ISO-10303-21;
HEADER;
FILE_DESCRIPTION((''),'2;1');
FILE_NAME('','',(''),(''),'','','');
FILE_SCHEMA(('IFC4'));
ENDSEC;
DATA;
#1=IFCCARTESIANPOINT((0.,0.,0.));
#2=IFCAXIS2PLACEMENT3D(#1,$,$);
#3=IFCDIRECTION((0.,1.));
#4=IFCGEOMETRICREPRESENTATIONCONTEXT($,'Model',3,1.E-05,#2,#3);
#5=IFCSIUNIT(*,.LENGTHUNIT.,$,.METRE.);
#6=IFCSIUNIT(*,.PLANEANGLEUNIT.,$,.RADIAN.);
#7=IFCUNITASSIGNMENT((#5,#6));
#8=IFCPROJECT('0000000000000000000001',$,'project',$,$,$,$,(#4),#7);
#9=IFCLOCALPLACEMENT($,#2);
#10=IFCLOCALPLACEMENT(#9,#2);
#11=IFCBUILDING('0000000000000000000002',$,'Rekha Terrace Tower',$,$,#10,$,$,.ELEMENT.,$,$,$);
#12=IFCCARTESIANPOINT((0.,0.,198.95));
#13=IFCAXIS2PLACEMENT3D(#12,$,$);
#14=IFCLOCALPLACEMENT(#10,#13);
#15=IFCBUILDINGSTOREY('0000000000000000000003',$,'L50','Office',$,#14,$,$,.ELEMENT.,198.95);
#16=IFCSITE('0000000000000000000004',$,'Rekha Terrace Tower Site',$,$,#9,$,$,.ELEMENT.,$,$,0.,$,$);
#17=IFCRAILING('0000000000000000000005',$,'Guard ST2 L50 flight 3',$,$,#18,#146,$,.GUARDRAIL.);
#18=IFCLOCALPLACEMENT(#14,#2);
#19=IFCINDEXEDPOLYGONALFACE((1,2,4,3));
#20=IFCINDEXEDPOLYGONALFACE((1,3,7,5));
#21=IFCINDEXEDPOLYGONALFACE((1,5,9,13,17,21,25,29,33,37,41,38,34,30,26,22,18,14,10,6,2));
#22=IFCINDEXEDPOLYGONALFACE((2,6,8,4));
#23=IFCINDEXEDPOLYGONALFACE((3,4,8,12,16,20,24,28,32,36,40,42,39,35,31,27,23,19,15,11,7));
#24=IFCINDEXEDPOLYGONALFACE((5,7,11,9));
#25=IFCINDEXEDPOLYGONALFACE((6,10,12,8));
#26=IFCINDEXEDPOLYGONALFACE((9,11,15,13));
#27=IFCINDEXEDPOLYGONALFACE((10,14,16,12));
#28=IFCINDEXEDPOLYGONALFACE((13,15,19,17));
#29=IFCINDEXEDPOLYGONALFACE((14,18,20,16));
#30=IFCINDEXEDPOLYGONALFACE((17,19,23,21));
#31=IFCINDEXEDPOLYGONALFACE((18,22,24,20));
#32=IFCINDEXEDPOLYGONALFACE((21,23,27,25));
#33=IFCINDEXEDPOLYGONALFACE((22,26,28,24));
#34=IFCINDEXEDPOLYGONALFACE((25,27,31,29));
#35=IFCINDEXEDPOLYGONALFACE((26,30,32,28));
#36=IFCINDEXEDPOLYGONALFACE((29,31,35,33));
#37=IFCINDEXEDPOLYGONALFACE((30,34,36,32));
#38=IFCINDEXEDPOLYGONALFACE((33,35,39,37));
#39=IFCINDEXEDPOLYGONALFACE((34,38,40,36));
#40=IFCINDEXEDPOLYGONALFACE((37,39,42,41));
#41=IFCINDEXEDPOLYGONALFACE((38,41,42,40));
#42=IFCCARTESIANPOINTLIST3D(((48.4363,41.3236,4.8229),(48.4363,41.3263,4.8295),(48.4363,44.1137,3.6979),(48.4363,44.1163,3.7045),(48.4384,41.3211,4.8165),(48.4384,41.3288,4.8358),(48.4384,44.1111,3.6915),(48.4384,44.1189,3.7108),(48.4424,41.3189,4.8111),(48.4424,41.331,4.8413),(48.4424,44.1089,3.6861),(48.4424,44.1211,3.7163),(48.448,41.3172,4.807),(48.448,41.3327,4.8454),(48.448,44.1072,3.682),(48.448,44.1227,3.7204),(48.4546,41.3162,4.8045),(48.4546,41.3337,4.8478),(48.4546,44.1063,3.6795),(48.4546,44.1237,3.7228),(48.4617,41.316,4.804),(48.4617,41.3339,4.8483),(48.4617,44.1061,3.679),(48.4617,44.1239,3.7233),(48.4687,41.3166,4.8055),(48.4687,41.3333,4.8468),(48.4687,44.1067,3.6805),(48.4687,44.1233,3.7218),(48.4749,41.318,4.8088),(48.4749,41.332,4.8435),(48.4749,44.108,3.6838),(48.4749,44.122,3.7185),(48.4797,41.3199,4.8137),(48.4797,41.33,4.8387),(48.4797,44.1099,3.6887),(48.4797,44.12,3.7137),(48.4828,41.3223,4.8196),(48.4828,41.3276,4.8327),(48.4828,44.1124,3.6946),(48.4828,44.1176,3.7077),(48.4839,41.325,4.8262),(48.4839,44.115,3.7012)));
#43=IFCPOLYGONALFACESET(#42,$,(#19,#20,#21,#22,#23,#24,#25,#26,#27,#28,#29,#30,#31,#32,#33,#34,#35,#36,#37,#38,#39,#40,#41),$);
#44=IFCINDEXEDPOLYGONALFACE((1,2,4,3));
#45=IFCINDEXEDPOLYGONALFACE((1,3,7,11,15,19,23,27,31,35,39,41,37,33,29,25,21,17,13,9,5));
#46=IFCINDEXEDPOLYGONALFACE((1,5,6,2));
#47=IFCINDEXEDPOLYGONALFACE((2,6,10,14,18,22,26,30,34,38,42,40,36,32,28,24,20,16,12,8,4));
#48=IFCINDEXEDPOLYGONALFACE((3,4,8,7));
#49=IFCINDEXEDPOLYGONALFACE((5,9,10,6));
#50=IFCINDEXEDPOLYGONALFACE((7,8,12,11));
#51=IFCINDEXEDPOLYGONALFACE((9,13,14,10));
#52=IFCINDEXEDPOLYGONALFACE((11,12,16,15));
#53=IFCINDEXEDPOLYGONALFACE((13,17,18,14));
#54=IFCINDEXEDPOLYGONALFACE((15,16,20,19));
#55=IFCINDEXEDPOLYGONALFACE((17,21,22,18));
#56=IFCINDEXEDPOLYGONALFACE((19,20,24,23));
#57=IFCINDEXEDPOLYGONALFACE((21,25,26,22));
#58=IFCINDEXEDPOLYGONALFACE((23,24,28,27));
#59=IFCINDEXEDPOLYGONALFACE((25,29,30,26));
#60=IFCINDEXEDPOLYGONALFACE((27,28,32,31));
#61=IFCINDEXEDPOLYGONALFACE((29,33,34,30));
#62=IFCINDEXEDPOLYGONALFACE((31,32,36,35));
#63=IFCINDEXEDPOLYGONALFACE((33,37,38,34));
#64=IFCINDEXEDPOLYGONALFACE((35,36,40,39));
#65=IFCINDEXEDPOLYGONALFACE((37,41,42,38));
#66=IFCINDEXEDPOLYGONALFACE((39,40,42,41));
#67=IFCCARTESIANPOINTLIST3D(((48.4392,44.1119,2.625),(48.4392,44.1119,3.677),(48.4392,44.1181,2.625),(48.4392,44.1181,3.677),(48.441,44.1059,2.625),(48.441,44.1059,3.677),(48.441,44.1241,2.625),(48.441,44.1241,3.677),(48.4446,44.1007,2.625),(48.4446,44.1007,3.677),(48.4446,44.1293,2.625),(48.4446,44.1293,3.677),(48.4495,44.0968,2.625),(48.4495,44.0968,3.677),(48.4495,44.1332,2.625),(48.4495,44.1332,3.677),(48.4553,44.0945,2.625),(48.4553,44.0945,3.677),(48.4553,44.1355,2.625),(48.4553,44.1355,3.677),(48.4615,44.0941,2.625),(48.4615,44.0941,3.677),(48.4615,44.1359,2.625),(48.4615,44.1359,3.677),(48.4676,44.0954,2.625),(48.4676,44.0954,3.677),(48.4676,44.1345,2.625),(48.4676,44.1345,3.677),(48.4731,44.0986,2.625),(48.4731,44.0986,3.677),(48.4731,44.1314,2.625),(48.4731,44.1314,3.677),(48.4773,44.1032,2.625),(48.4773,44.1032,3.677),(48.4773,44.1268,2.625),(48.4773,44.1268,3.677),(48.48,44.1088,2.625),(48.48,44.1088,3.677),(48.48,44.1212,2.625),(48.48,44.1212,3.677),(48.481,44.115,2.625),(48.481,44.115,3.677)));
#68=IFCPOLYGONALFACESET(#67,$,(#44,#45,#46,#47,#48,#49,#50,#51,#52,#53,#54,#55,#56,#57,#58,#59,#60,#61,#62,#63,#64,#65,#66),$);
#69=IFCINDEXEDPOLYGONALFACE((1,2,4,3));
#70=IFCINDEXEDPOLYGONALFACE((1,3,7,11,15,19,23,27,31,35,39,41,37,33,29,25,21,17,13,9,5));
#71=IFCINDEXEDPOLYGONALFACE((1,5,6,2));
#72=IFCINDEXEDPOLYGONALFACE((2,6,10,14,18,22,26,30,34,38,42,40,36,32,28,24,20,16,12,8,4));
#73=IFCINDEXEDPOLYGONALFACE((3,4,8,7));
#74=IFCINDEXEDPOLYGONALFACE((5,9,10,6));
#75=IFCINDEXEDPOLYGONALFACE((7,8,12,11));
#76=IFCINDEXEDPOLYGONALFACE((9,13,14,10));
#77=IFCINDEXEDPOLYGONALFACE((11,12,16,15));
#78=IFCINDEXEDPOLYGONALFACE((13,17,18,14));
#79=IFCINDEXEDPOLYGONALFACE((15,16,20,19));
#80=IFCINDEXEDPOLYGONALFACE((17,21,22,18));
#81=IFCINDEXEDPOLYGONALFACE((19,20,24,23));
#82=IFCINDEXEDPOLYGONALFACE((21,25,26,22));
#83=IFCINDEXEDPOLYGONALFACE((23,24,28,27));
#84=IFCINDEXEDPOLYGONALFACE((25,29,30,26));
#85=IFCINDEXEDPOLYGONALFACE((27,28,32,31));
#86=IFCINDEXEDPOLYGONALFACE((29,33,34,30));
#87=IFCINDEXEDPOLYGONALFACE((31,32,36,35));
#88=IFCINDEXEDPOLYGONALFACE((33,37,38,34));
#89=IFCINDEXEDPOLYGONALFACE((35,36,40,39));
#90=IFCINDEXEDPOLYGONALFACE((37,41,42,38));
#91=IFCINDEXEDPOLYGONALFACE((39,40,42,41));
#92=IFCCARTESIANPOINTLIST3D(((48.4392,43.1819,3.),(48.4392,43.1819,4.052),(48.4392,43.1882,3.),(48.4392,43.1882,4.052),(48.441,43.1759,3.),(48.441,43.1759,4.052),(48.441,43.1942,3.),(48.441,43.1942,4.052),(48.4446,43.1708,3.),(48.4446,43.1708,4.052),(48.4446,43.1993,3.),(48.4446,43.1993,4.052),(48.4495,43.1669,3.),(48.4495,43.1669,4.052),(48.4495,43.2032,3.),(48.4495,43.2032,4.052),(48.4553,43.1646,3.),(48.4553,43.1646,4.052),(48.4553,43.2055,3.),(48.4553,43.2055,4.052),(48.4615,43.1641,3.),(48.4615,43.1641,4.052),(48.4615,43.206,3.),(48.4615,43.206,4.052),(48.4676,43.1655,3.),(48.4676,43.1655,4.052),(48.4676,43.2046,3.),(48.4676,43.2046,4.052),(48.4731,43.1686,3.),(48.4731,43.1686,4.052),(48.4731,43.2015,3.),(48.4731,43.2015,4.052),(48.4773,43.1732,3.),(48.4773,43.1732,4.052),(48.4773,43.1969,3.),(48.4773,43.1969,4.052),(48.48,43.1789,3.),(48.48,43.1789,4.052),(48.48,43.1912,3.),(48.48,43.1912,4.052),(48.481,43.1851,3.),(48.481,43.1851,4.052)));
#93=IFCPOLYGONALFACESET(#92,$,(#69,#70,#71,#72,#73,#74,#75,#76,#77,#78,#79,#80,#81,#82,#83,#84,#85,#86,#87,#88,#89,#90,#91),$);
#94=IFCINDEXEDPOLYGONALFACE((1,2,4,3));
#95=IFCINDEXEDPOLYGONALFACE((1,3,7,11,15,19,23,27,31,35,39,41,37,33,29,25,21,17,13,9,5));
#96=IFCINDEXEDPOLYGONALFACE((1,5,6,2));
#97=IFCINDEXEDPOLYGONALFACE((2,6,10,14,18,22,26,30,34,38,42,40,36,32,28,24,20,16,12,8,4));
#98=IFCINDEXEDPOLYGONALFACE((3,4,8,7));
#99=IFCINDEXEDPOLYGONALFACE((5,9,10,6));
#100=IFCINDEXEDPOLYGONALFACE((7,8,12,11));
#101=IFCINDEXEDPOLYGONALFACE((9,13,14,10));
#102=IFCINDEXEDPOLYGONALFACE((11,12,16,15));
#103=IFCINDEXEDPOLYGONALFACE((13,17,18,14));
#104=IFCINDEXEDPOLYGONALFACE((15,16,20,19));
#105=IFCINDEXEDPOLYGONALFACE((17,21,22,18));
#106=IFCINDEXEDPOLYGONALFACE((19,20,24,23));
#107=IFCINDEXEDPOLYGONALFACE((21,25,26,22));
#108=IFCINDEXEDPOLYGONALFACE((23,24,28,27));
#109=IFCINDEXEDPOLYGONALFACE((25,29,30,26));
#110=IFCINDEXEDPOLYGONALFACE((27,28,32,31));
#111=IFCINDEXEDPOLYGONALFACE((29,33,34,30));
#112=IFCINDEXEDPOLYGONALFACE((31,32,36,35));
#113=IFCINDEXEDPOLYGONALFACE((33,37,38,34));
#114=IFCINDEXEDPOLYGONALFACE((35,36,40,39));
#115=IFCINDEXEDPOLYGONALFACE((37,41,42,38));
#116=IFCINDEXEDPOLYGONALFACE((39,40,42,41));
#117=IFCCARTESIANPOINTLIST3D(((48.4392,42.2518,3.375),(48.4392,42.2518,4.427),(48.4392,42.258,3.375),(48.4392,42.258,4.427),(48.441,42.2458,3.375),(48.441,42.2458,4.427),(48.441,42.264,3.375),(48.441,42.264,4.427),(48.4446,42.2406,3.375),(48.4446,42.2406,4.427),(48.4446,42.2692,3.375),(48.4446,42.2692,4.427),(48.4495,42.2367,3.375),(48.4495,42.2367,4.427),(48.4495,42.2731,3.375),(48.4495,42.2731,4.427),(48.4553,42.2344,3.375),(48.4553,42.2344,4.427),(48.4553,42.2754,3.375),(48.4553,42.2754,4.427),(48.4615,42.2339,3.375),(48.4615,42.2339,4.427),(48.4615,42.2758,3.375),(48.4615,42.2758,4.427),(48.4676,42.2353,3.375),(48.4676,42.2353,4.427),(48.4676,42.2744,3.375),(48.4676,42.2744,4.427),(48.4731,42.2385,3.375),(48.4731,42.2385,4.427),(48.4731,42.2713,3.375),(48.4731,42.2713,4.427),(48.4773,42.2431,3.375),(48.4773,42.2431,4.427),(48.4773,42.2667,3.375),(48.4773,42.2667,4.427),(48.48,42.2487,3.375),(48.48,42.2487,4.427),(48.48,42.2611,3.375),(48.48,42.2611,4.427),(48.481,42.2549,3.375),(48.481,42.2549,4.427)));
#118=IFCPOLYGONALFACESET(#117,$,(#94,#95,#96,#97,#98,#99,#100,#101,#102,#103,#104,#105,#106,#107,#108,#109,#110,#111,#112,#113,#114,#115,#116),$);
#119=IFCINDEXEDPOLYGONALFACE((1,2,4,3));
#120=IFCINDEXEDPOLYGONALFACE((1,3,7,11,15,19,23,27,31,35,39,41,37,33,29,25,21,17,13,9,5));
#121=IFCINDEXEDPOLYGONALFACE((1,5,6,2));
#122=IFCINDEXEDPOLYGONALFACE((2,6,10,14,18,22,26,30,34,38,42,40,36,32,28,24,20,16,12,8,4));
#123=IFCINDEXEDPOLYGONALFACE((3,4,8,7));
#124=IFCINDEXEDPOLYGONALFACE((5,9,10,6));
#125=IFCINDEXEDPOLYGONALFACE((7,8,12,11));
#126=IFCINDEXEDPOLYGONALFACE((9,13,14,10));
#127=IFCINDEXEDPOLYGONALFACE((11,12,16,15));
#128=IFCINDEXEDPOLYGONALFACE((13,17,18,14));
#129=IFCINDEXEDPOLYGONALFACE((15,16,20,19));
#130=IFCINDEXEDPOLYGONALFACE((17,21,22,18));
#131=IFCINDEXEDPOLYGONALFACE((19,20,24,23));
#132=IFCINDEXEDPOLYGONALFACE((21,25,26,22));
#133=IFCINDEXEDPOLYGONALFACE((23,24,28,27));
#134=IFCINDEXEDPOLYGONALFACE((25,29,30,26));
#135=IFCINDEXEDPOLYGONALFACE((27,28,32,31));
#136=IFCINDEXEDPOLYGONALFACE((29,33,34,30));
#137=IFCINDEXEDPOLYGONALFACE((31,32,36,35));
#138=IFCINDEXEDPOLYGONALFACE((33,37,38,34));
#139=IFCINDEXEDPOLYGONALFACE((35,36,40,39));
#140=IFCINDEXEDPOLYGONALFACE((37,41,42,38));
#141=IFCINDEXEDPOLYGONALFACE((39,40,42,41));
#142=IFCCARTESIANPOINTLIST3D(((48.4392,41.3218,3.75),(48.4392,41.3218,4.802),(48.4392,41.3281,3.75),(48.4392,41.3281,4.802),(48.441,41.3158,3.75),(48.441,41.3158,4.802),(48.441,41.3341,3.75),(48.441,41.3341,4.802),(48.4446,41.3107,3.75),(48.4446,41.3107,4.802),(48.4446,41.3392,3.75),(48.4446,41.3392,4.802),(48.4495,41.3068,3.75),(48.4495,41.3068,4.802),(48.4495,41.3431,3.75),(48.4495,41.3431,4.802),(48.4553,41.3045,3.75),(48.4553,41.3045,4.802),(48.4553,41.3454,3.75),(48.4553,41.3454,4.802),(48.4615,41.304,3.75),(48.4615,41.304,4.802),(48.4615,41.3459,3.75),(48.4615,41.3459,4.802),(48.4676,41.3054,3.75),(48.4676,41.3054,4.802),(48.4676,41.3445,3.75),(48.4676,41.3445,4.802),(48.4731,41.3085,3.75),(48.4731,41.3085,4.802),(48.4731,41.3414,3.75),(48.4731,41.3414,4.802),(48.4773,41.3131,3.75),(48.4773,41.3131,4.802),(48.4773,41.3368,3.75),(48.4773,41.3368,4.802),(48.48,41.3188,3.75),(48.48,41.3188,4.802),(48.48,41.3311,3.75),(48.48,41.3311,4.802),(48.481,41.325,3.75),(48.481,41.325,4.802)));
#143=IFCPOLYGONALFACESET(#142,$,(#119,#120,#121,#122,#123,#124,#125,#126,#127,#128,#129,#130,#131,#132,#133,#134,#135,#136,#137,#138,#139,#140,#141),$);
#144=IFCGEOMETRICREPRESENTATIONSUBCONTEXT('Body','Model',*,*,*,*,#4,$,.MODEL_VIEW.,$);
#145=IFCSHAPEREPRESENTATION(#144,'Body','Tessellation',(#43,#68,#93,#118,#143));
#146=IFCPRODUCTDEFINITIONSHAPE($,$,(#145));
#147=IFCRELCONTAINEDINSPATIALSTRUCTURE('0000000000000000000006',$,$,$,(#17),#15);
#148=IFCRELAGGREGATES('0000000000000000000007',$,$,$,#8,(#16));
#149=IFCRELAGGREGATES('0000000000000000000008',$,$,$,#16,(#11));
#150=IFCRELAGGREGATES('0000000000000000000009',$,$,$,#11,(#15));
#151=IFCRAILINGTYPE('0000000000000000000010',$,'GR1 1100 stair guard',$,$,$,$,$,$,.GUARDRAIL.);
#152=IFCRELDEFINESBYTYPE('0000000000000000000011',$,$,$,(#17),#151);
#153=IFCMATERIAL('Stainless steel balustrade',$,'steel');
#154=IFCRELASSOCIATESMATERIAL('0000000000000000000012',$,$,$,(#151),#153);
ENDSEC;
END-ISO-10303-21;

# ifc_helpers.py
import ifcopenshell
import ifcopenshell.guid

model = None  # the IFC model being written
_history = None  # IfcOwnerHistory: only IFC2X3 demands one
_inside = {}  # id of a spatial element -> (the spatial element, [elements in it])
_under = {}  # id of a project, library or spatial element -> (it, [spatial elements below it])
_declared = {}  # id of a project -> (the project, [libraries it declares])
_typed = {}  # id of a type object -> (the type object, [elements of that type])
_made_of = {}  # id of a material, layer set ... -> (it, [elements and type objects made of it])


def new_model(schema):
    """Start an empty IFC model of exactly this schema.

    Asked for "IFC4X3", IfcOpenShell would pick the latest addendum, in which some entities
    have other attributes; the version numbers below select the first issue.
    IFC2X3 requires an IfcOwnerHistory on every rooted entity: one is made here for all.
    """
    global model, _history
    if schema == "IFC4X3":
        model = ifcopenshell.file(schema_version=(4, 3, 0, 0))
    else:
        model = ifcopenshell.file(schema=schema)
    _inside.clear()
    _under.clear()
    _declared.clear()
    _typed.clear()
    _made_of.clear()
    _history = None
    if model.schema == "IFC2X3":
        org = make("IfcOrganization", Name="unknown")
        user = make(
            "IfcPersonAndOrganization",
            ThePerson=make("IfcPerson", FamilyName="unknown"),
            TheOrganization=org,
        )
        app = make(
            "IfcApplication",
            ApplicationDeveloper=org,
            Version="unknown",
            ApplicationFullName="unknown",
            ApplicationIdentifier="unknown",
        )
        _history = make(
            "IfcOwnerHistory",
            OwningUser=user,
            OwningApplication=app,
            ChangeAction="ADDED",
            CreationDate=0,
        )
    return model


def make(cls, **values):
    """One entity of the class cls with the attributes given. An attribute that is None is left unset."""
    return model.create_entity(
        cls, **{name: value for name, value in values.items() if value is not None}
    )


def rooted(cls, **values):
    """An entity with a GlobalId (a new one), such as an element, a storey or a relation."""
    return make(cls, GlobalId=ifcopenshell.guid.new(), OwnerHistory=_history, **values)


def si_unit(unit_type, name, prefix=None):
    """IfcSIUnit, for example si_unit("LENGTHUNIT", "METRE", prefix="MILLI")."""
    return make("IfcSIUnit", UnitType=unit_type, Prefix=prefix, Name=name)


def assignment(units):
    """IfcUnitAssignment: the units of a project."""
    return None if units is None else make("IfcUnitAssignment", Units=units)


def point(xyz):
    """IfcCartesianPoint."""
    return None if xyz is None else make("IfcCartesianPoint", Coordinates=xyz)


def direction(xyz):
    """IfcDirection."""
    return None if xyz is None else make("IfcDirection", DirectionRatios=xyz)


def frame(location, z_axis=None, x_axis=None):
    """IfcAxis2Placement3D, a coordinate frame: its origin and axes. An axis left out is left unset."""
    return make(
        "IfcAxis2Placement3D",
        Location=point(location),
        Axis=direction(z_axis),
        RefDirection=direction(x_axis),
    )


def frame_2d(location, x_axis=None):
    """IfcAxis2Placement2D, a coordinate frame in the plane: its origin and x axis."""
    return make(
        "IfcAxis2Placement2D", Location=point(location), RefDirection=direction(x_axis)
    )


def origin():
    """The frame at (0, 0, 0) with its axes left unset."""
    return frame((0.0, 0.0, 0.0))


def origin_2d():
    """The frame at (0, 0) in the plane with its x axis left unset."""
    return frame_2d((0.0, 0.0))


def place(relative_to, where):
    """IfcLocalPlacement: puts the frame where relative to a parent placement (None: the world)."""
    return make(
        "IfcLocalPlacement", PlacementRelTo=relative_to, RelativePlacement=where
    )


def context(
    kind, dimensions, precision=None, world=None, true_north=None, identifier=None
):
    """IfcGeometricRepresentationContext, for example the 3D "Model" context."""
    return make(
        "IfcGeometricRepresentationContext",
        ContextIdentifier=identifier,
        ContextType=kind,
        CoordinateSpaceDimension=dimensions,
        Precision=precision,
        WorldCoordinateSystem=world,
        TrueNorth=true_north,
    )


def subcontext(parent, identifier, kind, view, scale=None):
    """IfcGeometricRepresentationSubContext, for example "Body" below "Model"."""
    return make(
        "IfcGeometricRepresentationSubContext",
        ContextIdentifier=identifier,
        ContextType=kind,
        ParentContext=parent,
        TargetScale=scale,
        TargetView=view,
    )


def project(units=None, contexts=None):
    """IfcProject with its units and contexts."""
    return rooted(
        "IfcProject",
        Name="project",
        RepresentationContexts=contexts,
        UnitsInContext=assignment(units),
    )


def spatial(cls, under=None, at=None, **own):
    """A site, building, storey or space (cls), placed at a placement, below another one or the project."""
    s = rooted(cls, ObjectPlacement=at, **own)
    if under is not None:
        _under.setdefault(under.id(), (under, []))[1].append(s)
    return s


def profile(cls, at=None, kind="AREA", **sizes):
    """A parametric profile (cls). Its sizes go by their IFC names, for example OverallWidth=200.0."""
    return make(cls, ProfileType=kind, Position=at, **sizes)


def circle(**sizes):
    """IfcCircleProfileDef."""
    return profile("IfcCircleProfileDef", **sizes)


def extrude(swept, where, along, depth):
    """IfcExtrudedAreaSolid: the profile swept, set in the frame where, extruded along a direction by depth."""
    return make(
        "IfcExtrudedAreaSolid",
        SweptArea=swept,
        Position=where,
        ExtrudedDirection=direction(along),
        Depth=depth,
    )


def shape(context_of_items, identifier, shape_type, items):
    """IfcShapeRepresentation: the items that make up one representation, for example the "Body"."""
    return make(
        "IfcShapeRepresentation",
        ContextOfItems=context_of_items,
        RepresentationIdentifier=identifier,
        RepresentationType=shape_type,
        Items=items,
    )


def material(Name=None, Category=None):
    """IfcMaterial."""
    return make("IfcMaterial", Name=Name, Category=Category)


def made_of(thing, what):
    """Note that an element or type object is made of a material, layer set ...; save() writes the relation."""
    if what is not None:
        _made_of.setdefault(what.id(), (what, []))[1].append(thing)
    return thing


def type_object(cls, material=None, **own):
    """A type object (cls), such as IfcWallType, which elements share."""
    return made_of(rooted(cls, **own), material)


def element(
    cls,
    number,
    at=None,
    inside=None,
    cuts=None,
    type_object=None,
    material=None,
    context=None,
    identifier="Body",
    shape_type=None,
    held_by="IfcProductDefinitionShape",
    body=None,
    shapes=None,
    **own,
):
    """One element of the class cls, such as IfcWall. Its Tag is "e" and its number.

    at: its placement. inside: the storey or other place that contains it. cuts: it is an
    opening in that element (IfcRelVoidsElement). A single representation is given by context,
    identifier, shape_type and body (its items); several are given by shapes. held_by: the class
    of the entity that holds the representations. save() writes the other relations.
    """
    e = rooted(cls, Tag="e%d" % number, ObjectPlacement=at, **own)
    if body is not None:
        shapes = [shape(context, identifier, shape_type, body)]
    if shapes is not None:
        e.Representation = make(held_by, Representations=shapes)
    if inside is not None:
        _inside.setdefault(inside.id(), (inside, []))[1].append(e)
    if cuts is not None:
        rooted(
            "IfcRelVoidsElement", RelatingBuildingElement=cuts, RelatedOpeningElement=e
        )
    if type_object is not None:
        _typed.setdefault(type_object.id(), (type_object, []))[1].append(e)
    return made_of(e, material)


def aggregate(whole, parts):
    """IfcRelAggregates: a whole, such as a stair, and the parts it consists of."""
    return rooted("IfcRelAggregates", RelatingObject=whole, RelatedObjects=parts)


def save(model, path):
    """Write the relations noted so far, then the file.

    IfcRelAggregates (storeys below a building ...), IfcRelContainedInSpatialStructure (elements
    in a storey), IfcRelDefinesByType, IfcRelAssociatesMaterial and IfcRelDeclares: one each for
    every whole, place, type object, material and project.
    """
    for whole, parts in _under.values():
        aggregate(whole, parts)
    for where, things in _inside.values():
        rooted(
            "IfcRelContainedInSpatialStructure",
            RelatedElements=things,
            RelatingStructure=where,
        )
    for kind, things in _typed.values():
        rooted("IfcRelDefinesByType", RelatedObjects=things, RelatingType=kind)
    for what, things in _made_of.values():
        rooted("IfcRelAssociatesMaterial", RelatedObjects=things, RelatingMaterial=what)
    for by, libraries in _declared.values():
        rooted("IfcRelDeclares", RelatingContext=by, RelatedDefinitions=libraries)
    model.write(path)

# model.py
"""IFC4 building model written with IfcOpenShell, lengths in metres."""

from ifc_helpers import new_model, si_unit, direction, frame, origin, origin_2d, place, context, subcontext, project, spatial, circle, extrude, material, type_object, element, save


model = new_model("IFC4")

# Units and contexts
model_context = context("Model", 3, precision=1e-05, world=origin(), true_north=direction((0.0, 1.0)))
body_context = subcontext(model_context, "Body", "Model", "MODEL_VIEW")
ifc_project = project(units=[si_unit("LENGTHUNIT", "METRE"), si_unit("PLANEANGLEUNIT", "RADIAN")], contexts=[model_context])

# Site, building, storey
site_placement = place(None, origin())
site = spatial("IfcSite", under=ifc_project, at=site_placement, Name="Rekha Terrace Tower Site", CompositionType="ELEMENT", RefElevation=0.0)
building_placement = place(site_placement, origin())
building = spatial("IfcBuilding", under=site, at=building_placement, Name="Rekha Terrace Tower", CompositionType="ELEMENT")
storey_placement = place(building_placement, frame((0.0, 0.0, 198.95)))
storey = spatial("IfcBuildingStorey", under=building, at=storey_placement, Name="L50", Description="Office", CompositionType="ELEMENT", Elevation=198.95)

# Railing
ifc_material_1 = material(Name="Stainless steel balustrade", Category="steel")
railing_type_1 = type_object("IfcRailingType", Name="GR1 1100 stair guard", PredefinedType="GUARDRAIL", material=ifc_material_1)
railing_1_placement = place(storey_placement, frame((48.46, 44.115, 2.625)))
element("IfcRailing", 1, at=railing_1_placement, inside=storey, type_object=railing_type_1, Name="Guard ST2 L50 flight 3", PredefinedType="GUARDRAIL", context=body_context, shape_type="SweptSolid", body=[
    extrude(circle(Radius=0.0239, at=origin_2d()), frame((0.0, 0.0, 1.0762), z_axis=(0.0, -0.927443, 0.373964), x_axis=(1.0, 0.0, 0.0)), (0.0, 0.0, 1.0), 3.0083),
    extrude(circle(Radius=0.021, at=origin_2d()), origin(), (0.0, 0.0, 1.0), 1.052),
    extrude(circle(Radius=0.021, at=origin_2d()), frame((0.0, -0.9299, 0.375)), (0.0, 0.0, 1.0), 1.052),
    extrude(circle(Radius=0.021, at=origin_2d()), frame((0.0, -1.8601, 0.75)), (0.0, 0.0, 1.0), 1.052),
    extrude(circle(Radius=0.021, at=origin_2d()), frame((0.0, -2.79, 1.125)), (0.0, 0.0, 1.0), 1.052),
])

save(model, "model.ifc")
